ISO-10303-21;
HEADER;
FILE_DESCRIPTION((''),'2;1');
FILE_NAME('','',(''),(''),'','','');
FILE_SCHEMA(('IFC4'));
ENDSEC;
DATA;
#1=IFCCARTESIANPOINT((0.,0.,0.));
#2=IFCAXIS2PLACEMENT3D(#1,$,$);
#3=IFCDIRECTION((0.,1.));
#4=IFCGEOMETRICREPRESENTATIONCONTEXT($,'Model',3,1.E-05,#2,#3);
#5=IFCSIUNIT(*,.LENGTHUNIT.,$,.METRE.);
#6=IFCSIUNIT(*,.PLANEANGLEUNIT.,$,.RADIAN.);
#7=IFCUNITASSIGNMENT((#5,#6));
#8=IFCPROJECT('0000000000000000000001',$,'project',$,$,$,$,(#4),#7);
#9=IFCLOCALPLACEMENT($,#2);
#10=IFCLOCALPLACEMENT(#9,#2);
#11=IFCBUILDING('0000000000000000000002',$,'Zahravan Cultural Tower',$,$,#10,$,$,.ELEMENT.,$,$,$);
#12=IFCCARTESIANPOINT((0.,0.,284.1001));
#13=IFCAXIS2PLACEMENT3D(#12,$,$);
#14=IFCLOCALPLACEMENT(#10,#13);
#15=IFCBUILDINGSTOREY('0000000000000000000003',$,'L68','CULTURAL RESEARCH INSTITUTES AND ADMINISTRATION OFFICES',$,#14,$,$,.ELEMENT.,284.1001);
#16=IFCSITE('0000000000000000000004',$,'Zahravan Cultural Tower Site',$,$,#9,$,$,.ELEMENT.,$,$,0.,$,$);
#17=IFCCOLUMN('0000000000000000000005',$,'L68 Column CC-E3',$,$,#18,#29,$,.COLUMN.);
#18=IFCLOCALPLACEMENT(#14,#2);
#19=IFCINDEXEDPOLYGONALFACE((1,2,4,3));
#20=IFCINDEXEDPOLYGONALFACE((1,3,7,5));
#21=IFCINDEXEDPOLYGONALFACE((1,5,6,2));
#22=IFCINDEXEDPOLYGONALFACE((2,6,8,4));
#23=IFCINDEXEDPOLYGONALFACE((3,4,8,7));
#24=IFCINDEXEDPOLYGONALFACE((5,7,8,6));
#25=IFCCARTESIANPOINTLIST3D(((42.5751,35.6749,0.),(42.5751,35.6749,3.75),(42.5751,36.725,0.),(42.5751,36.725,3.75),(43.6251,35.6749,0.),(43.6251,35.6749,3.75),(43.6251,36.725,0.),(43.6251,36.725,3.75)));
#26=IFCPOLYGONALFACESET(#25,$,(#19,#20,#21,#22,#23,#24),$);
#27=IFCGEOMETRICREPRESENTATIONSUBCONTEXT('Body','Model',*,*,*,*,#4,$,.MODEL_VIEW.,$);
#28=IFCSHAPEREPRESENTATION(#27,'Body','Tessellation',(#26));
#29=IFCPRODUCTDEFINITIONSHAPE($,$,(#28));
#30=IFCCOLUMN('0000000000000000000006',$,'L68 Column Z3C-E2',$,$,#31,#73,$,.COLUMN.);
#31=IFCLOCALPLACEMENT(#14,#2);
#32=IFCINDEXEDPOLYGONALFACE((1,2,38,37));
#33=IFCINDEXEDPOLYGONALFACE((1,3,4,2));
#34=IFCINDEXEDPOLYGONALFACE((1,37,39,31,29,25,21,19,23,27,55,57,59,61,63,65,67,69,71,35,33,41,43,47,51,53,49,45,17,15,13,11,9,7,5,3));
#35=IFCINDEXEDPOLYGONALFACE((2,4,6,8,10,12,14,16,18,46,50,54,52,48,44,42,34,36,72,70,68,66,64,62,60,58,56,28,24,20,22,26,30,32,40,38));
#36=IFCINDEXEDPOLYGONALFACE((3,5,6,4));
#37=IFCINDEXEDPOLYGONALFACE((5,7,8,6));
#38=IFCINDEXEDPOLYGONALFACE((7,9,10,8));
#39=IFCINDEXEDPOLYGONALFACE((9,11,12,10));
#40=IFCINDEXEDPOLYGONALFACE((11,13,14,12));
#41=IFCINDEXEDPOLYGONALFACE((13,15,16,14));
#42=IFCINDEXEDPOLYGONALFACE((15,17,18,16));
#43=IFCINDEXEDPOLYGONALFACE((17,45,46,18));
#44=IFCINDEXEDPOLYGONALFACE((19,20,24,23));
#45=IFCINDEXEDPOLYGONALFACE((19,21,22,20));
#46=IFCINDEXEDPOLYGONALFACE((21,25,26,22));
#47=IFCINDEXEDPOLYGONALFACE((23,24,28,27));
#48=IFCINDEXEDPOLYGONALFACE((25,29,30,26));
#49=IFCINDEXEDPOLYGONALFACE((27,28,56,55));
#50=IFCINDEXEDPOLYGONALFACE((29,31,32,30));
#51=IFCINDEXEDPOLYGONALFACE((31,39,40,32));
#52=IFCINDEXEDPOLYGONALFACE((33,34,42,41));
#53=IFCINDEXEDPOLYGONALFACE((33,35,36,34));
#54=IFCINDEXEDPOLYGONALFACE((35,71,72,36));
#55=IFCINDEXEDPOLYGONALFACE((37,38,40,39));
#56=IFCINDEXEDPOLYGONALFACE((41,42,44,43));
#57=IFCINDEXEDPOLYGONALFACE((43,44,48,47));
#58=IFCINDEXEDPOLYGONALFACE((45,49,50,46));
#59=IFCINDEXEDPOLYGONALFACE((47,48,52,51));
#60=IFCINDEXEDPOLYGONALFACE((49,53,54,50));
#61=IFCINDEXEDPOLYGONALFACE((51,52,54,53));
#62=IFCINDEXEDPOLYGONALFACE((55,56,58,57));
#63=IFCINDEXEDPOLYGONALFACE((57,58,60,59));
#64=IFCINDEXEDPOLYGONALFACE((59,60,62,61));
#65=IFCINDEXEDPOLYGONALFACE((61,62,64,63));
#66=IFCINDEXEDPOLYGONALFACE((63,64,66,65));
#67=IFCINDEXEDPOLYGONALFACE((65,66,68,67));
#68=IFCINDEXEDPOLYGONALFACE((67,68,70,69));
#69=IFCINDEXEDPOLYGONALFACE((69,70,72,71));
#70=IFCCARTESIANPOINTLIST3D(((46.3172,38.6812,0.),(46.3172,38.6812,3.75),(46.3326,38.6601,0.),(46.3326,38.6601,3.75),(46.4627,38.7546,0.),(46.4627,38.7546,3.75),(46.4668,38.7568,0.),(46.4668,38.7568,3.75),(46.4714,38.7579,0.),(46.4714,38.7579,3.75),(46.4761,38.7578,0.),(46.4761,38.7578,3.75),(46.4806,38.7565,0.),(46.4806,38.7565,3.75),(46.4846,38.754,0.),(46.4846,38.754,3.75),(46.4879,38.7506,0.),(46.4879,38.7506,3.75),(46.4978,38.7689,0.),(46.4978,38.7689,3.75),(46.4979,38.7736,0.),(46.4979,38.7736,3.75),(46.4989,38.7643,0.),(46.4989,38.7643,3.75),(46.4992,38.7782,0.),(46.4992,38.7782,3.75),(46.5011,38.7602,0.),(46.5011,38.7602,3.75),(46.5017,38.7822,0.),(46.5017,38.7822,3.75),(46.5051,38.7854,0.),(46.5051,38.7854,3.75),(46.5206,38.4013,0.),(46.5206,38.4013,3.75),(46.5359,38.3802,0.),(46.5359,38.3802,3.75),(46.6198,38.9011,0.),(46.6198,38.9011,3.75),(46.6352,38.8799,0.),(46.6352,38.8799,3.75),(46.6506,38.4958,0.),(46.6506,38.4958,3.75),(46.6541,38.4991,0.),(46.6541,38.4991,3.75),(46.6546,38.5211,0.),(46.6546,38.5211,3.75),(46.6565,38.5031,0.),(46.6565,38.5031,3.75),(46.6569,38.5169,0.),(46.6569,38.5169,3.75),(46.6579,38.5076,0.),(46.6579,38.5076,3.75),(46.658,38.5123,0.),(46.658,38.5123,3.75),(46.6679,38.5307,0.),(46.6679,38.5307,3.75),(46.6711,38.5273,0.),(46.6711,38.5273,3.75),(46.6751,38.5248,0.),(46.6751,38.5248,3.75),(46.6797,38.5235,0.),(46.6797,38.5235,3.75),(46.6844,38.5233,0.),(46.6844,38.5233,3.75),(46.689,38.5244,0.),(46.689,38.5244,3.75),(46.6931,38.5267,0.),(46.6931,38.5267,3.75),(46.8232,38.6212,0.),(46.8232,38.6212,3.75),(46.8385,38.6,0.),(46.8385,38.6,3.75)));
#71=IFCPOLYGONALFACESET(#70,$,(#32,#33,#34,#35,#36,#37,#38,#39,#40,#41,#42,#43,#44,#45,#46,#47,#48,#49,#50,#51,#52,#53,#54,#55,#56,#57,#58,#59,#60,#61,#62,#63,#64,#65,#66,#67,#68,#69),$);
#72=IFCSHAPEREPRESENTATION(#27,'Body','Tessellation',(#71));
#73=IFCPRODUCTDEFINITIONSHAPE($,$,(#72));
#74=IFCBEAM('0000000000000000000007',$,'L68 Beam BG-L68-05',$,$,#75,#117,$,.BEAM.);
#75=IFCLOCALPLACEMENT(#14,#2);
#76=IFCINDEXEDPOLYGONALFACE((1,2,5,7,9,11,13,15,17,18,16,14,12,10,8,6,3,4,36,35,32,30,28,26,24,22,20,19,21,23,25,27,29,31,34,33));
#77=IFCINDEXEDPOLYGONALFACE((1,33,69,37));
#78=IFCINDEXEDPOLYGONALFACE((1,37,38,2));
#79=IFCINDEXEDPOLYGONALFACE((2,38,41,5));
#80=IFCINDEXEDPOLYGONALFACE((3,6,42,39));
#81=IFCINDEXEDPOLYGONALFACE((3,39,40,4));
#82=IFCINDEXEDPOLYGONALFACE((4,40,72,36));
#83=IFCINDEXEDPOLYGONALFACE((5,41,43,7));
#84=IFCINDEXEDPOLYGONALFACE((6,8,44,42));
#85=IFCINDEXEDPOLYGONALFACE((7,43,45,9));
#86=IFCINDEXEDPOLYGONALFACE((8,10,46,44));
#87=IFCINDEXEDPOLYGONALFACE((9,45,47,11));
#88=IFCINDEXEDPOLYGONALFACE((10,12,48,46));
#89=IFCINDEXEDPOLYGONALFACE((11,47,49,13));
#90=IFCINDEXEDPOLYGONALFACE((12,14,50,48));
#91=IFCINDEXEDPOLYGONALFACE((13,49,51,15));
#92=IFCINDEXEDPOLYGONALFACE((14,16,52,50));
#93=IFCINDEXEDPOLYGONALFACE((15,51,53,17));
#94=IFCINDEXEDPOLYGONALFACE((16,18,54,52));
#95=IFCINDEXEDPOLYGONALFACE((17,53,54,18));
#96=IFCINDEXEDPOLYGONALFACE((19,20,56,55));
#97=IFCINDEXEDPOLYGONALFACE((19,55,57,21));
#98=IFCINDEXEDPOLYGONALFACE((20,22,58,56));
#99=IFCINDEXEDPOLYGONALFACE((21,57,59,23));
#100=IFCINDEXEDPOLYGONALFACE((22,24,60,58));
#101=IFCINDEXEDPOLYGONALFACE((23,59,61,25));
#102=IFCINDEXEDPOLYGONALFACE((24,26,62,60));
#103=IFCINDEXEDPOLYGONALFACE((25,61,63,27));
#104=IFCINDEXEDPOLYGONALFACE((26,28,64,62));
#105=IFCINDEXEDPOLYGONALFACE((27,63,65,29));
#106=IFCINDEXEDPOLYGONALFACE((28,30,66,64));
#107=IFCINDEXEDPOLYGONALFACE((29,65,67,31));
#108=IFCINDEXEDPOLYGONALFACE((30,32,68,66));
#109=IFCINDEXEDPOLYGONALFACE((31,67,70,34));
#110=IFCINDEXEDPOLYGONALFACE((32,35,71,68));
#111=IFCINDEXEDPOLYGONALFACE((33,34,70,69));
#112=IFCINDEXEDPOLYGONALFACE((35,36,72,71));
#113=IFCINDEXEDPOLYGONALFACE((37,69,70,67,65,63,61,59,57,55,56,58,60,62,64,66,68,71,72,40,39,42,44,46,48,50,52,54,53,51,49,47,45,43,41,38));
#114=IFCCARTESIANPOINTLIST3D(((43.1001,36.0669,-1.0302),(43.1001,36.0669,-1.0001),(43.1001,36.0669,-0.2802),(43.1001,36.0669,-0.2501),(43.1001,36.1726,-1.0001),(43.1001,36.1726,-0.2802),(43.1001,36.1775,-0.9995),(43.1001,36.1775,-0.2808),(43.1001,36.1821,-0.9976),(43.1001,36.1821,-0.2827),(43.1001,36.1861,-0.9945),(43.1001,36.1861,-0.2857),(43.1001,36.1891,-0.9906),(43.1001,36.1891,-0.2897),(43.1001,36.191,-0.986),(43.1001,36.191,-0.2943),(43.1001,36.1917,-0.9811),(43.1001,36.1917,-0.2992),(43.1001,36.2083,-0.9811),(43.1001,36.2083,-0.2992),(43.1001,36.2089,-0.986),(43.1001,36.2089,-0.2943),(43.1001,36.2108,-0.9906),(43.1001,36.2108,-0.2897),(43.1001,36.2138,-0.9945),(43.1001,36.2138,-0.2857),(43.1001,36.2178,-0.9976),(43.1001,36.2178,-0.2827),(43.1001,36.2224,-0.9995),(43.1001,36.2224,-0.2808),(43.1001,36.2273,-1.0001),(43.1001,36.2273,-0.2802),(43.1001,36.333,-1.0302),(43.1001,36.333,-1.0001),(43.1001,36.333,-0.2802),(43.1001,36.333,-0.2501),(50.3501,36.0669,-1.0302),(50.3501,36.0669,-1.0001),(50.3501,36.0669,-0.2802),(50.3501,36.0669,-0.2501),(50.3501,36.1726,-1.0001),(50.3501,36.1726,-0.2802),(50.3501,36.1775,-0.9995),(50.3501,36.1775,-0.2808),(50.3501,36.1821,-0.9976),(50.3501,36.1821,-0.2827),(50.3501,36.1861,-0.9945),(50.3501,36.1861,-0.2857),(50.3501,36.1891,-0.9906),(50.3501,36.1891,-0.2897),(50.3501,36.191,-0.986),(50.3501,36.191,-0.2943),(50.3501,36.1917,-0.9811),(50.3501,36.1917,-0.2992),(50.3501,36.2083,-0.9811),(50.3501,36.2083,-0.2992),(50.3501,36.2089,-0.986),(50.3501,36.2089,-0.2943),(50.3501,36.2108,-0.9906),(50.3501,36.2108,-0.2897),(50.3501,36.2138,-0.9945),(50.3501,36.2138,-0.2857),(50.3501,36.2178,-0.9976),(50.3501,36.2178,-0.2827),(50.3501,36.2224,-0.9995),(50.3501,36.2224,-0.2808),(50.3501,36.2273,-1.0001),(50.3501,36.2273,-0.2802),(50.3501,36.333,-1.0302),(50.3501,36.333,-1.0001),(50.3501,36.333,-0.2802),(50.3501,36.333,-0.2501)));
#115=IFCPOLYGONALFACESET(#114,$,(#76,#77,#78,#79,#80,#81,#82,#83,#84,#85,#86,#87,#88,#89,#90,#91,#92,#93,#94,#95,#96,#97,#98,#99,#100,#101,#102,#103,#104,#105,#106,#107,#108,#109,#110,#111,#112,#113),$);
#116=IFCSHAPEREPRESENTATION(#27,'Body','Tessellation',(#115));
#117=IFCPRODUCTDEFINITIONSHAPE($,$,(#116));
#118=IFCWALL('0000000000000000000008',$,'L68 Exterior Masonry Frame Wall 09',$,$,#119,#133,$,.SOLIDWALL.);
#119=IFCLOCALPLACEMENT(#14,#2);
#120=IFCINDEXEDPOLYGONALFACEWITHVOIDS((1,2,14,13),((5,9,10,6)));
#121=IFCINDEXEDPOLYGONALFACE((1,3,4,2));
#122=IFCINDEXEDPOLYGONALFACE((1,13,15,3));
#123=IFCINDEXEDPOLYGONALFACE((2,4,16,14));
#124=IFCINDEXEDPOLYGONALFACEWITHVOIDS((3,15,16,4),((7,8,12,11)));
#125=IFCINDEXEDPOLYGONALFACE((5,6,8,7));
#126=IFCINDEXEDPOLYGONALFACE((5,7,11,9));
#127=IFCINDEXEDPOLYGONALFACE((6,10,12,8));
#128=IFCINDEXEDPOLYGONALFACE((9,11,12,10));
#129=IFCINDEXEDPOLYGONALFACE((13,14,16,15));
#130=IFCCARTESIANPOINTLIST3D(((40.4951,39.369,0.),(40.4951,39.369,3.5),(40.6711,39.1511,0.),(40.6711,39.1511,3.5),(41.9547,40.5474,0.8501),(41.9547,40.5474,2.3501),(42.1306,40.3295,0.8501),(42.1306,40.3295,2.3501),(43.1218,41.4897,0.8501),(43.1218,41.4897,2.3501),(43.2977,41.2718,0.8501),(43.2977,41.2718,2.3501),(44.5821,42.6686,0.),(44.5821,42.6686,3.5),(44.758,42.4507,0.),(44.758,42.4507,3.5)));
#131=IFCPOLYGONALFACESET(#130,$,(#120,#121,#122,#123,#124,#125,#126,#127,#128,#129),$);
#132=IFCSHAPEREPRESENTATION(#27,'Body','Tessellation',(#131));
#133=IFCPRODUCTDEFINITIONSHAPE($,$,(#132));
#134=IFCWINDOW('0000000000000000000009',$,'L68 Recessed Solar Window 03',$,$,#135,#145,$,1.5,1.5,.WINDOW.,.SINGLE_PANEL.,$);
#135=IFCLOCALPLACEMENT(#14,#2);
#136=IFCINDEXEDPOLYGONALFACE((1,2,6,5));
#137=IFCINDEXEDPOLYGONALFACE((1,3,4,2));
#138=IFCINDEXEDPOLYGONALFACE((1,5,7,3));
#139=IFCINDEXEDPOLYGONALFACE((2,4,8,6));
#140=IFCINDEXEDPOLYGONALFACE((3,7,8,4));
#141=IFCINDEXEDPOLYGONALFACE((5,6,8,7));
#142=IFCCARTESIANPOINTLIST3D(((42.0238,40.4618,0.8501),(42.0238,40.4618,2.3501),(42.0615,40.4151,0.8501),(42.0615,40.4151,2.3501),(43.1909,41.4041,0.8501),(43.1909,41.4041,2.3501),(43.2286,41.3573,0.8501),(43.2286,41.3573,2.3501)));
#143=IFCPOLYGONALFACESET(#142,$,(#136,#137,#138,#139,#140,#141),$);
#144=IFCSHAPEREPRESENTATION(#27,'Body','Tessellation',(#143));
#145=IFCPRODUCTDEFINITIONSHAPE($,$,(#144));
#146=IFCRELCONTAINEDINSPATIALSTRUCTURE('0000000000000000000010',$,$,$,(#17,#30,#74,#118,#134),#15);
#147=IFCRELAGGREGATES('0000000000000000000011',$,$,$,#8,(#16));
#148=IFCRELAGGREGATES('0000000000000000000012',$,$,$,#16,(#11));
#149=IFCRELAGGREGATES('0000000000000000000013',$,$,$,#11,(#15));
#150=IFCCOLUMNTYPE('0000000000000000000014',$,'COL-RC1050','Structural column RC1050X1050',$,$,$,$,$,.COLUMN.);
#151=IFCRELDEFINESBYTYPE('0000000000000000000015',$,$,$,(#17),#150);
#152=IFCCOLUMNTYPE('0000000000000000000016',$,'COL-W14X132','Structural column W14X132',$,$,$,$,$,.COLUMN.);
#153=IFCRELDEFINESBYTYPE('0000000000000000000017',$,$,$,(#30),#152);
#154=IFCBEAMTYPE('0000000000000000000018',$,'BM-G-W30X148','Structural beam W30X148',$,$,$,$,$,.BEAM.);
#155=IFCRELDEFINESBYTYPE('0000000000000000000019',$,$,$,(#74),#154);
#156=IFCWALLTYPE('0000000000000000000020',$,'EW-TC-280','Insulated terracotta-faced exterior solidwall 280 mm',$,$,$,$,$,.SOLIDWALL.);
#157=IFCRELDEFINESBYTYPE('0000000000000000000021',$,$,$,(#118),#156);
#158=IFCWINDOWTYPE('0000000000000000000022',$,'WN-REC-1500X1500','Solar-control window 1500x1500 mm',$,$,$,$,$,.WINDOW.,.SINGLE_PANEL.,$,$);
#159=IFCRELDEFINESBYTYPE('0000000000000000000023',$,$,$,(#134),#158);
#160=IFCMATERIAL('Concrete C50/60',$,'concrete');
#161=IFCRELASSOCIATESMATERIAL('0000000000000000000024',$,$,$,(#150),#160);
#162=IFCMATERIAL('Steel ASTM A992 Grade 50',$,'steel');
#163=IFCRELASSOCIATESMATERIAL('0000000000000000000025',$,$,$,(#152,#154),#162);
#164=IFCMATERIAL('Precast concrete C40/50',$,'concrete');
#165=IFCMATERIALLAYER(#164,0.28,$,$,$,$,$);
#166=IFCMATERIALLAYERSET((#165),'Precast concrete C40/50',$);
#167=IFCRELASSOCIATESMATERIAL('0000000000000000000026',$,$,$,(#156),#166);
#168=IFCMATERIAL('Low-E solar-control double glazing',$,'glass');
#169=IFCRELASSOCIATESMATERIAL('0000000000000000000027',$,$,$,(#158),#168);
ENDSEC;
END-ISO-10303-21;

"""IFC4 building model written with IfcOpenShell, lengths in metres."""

from ifc_helpers import new_model, si_unit, direction, frame, frame_2d, origin, origin_2d, place, context, subcontext, project, spatial, rectangle, i_section, extrude, source, transform, mapped, material, layer, layer_set, material_profile, profile_set, type_object, element, fill, save


model = new_model("IFC4")

# Units and contexts
model_context = context("Model", 3, precision=1e-05, world=origin(), true_north=direction((0.0, 1.0)))
body_context = subcontext(model_context, "Body", "Model", "MODEL_VIEW")
ifc_project = project(units=[si_unit("LENGTHUNIT", "METRE"), si_unit("PLANEANGLEUNIT", "RADIAN")], contexts=[model_context])

# Site, building, storey
site_placement = place(None, origin())
site = spatial("IfcSite", under=ifc_project, at=site_placement, Name="Zahravan Cultural Tower Site", CompositionType="ELEMENT", RefElevation=0.0)
building_placement = place(site_placement, origin())
building = spatial("IfcBuilding", under=site, at=building_placement, Name="Zahravan Cultural Tower", CompositionType="ELEMENT")
storey_placement = place(building_placement, frame((0.0, 0.0, 284.1001)))
storey = spatial("IfcBuildingStorey", under=building, at=storey_placement, Name="L68", Description="CULTURAL RESEARCH INSTITUTES AND ADMINISTRATION OFFICES", CompositionType="ELEMENT", Elevation=284.1001)

# Columns
ifc_material_1 = material(Name="Concrete C50/60", Category="concrete")
ifc_material_profile_1 = material_profile(ifc_material_1, rectangle(XDim=1.05, YDim=1.05, at=origin_2d()), Name="RC1050X1050")
ifc_profile_set_1 = profile_set([ifc_material_profile_1], Name="Concrete C50/60")
column_type_1 = type_object("IfcColumnType", Name="COL-RC1050", Description="Structural column RC1050X1050", PredefinedType="COLUMN", material=ifc_profile_set_1)
shared_shape_1 = source(origin(), body_context, "Body", "SweptSolid", [
    extrude(rectangle(XDim=1.05, YDim=1.05, at=origin_2d()), origin(), (0.0, 0.0, 1.0), 3.75),
])
column_1_placement = place(storey_placement, frame((43.1001, 36.2, 0.0), z_axis=(0.0, 0.0, 1.0), x_axis=(1.0, 0.0, 0.0)))
element("IfcColumn", 1, at=column_1_placement, inside=storey, type_object=column_type_1, Name="L68 Column CC-E3", PredefinedType="COLUMN", context=body_context, shape_type="MappedRepresentation", body=[
    mapped(shared_shape_1, transform((0.0, 0.0, 0.0), x_axis=(1.0, 0.0, 0.0), y_axis=(0.0, 1.0, 0.0), z_axis=(0.0, 0.0, 1.0), scale=1.0)),
])
ifc_material_2 = material(Name="Steel ASTM A992 Grade 50", Category="steel")
ifc_material_profile_2 = material_profile(ifc_material_2, i_section(OverallWidth=0.374, OverallDepth=0.3721, WebThickness=0.0164, FlangeThickness=0.0261, FilletRadius=0.0181, at=origin_2d()), Name="W14X132")
ifc_profile_set_2 = profile_set([ifc_material_profile_2], Name="Steel ASTM A992 Grade 50")
column_type_2 = type_object("IfcColumnType", Name="COL-W14X132", Description="Structural column W14X132", PredefinedType="COLUMN", material=ifc_profile_set_2)
shared_shape_2 = source(origin(), body_context, "Body", "SweptSolid", [
    extrude(i_section(OverallWidth=0.374, OverallDepth=0.3721, WebThickness=0.0164, FlangeThickness=0.0261, FilletRadius=0.0181, at=origin_2d()), origin(), (0.0, 0.0, 1.0), 3.75),
])
column_2_placement = place(storey_placement, frame((46.5779, 38.6406, 0.0), z_axis=(0.0, 0.0, 1.0), x_axis=(0.809017, 0.587785, 0.0)))
element("IfcColumn", 2, at=column_2_placement, inside=storey, type_object=column_type_2, Name="L68 Column Z3C-E2", PredefinedType="COLUMN", context=body_context, shape_type="MappedRepresentation", body=[
    mapped(shared_shape_2, transform((0.0, 0.0, 0.0), x_axis=(1.0, 0.0, 0.0), y_axis=(0.0, 1.0, 0.0), z_axis=(0.0, 0.0, 1.0), scale=1.0)),
])

# Beam
ifc_material_profile_3 = material_profile(ifc_material_2, i_section(OverallWidth=0.2661, OverallDepth=0.78, WebThickness=0.0166, FlangeThickness=0.03, FilletRadius=0.019, at=origin_2d()), Name="W30X148")
ifc_profile_set_3 = profile_set([ifc_material_profile_3], Name="Steel ASTM A992 Grade 50")
beam_type = type_object("IfcBeamType", Name="BM-G-W30X148", Description="Structural beam W30X148", PredefinedType="BEAM", material=ifc_profile_set_3)
shared_shape_3 = source(origin(), body_context, "Body", "SweptSolid", [
    extrude(i_section(OverallWidth=0.2661, OverallDepth=0.78, WebThickness=0.0166, FlangeThickness=0.03, FilletRadius=0.019, at=origin_2d()), origin(), (0.0, 0.0, 1.0), 7.25),
])
beam_placement = place(storey_placement, frame((43.1001, 36.2, -0.6401), z_axis=(1.0, 0.0, 0.0), x_axis=(0.0, 1.0, 0.0)))
element("IfcBeam", 3, at=beam_placement, inside=storey, type_object=beam_type, Name="L68 Beam BG-L68-05", PredefinedType="BEAM", context=body_context, shape_type="MappedRepresentation", body=[
    mapped(shared_shape_3, transform((0.0, 0.0, 0.0), x_axis=(1.0, 0.0, 0.0), y_axis=(0.0, 1.0, 0.0), z_axis=(0.0, 0.0, 1.0), scale=1.0)),
])

# Wall, opening, window
ifc_material_3 = material(Name="Precast concrete C40/50", Category="concrete")
ifc_layer_1 = layer(ifc_material_3, 0.28)
ifc_layer_set_1 = layer_set([ifc_layer_1], Name="Precast concrete C40/50")
wall_type_1 = type_object("IfcWallType", Name="EW-TC-280", Description="Insulated terracotta-faced exterior solidwall 280 mm", PredefinedType="SOLIDWALL", material=ifc_layer_set_1)
wall_1_placement = place(storey_placement, frame((40.583, 39.26, 0.0), z_axis=(0.0, 0.0, 1.0), x_axis=(0.778072, 0.628175, 0.0)))
wall_1 = element("IfcWall", 4, at=wall_1_placement, inside=storey, type_object=wall_type_1, Name="L68 Exterior Masonry Frame Wall 09", PredefinedType="SOLIDWALL", context=body_context, shape_type="SweptSolid", body=[
    extrude(rectangle(XDim=5.2527, YDim=0.28, at=frame_2d((2.6265, 0.0))), origin(), (0.0, 0.0, 1.0), 3.5),
])
opening_1_placement = place(wall_1_placement, frame((1.876, 0.0, 0.8501)))
opening_1 = element("IfcOpeningElement", 5, at=opening_1_placement, cuts=wall_1, PredefinedType="OPENING", context=body_context, shape_type="SweptSolid", body=[
    extrude(rectangle(XDim=1.5, YDim=1.5, at=frame_2d((0.75, 0.75))), frame((0.0, 0.1499, 0.0), z_axis=(0.0, -1.0, 0.0), x_axis=(1.0, 0.0, 0.0)), (0.0, 0.0, 1.0), 0.3),
])
ifc_material_4 = material(Name="Low-E solar-control double glazing", Category="glass")
window_type = type_object("IfcWindowType", Name="WN-REC-1500X1500", Description="Solar-control window 1500x1500 mm", PartitioningType="SINGLE_PANEL", PredefinedType="WINDOW", material=ifc_material_4)
shared_shape_4 = source(origin(), body_context, "Body", "SweptSolid", [
    extrude(rectangle(XDim=1.5, YDim=1.5, at=frame_2d((0.75, 0.75))), frame((0.0, 0.03, 0.0), z_axis=(0.0, -1.0, 0.0), x_axis=(1.0, 0.0, 0.0)), (0.0, 0.0, 1.0), 0.0601),
])
window_placement = place(opening_1_placement, origin())
window = element("IfcWindow", 6, at=window_placement, inside=storey, type_object=window_type, Name="L68 Recessed Solar Window 03", OverallHeight=1.5, OverallWidth=1.5, PartitioningType="SINGLE_PANEL", PredefinedType="WINDOW", context=body_context, shape_type="MappedRepresentation", body=[
    mapped(shared_shape_4, transform((0.0, 0.0, 0.0), x_axis=(1.0, 0.0, 0.0), y_axis=(0.0, 1.0, 0.0), z_axis=(0.0, 0.0, 1.0), scale=1.0)),
])
fill(opening_1, window)

save(model, "model.ifc")
